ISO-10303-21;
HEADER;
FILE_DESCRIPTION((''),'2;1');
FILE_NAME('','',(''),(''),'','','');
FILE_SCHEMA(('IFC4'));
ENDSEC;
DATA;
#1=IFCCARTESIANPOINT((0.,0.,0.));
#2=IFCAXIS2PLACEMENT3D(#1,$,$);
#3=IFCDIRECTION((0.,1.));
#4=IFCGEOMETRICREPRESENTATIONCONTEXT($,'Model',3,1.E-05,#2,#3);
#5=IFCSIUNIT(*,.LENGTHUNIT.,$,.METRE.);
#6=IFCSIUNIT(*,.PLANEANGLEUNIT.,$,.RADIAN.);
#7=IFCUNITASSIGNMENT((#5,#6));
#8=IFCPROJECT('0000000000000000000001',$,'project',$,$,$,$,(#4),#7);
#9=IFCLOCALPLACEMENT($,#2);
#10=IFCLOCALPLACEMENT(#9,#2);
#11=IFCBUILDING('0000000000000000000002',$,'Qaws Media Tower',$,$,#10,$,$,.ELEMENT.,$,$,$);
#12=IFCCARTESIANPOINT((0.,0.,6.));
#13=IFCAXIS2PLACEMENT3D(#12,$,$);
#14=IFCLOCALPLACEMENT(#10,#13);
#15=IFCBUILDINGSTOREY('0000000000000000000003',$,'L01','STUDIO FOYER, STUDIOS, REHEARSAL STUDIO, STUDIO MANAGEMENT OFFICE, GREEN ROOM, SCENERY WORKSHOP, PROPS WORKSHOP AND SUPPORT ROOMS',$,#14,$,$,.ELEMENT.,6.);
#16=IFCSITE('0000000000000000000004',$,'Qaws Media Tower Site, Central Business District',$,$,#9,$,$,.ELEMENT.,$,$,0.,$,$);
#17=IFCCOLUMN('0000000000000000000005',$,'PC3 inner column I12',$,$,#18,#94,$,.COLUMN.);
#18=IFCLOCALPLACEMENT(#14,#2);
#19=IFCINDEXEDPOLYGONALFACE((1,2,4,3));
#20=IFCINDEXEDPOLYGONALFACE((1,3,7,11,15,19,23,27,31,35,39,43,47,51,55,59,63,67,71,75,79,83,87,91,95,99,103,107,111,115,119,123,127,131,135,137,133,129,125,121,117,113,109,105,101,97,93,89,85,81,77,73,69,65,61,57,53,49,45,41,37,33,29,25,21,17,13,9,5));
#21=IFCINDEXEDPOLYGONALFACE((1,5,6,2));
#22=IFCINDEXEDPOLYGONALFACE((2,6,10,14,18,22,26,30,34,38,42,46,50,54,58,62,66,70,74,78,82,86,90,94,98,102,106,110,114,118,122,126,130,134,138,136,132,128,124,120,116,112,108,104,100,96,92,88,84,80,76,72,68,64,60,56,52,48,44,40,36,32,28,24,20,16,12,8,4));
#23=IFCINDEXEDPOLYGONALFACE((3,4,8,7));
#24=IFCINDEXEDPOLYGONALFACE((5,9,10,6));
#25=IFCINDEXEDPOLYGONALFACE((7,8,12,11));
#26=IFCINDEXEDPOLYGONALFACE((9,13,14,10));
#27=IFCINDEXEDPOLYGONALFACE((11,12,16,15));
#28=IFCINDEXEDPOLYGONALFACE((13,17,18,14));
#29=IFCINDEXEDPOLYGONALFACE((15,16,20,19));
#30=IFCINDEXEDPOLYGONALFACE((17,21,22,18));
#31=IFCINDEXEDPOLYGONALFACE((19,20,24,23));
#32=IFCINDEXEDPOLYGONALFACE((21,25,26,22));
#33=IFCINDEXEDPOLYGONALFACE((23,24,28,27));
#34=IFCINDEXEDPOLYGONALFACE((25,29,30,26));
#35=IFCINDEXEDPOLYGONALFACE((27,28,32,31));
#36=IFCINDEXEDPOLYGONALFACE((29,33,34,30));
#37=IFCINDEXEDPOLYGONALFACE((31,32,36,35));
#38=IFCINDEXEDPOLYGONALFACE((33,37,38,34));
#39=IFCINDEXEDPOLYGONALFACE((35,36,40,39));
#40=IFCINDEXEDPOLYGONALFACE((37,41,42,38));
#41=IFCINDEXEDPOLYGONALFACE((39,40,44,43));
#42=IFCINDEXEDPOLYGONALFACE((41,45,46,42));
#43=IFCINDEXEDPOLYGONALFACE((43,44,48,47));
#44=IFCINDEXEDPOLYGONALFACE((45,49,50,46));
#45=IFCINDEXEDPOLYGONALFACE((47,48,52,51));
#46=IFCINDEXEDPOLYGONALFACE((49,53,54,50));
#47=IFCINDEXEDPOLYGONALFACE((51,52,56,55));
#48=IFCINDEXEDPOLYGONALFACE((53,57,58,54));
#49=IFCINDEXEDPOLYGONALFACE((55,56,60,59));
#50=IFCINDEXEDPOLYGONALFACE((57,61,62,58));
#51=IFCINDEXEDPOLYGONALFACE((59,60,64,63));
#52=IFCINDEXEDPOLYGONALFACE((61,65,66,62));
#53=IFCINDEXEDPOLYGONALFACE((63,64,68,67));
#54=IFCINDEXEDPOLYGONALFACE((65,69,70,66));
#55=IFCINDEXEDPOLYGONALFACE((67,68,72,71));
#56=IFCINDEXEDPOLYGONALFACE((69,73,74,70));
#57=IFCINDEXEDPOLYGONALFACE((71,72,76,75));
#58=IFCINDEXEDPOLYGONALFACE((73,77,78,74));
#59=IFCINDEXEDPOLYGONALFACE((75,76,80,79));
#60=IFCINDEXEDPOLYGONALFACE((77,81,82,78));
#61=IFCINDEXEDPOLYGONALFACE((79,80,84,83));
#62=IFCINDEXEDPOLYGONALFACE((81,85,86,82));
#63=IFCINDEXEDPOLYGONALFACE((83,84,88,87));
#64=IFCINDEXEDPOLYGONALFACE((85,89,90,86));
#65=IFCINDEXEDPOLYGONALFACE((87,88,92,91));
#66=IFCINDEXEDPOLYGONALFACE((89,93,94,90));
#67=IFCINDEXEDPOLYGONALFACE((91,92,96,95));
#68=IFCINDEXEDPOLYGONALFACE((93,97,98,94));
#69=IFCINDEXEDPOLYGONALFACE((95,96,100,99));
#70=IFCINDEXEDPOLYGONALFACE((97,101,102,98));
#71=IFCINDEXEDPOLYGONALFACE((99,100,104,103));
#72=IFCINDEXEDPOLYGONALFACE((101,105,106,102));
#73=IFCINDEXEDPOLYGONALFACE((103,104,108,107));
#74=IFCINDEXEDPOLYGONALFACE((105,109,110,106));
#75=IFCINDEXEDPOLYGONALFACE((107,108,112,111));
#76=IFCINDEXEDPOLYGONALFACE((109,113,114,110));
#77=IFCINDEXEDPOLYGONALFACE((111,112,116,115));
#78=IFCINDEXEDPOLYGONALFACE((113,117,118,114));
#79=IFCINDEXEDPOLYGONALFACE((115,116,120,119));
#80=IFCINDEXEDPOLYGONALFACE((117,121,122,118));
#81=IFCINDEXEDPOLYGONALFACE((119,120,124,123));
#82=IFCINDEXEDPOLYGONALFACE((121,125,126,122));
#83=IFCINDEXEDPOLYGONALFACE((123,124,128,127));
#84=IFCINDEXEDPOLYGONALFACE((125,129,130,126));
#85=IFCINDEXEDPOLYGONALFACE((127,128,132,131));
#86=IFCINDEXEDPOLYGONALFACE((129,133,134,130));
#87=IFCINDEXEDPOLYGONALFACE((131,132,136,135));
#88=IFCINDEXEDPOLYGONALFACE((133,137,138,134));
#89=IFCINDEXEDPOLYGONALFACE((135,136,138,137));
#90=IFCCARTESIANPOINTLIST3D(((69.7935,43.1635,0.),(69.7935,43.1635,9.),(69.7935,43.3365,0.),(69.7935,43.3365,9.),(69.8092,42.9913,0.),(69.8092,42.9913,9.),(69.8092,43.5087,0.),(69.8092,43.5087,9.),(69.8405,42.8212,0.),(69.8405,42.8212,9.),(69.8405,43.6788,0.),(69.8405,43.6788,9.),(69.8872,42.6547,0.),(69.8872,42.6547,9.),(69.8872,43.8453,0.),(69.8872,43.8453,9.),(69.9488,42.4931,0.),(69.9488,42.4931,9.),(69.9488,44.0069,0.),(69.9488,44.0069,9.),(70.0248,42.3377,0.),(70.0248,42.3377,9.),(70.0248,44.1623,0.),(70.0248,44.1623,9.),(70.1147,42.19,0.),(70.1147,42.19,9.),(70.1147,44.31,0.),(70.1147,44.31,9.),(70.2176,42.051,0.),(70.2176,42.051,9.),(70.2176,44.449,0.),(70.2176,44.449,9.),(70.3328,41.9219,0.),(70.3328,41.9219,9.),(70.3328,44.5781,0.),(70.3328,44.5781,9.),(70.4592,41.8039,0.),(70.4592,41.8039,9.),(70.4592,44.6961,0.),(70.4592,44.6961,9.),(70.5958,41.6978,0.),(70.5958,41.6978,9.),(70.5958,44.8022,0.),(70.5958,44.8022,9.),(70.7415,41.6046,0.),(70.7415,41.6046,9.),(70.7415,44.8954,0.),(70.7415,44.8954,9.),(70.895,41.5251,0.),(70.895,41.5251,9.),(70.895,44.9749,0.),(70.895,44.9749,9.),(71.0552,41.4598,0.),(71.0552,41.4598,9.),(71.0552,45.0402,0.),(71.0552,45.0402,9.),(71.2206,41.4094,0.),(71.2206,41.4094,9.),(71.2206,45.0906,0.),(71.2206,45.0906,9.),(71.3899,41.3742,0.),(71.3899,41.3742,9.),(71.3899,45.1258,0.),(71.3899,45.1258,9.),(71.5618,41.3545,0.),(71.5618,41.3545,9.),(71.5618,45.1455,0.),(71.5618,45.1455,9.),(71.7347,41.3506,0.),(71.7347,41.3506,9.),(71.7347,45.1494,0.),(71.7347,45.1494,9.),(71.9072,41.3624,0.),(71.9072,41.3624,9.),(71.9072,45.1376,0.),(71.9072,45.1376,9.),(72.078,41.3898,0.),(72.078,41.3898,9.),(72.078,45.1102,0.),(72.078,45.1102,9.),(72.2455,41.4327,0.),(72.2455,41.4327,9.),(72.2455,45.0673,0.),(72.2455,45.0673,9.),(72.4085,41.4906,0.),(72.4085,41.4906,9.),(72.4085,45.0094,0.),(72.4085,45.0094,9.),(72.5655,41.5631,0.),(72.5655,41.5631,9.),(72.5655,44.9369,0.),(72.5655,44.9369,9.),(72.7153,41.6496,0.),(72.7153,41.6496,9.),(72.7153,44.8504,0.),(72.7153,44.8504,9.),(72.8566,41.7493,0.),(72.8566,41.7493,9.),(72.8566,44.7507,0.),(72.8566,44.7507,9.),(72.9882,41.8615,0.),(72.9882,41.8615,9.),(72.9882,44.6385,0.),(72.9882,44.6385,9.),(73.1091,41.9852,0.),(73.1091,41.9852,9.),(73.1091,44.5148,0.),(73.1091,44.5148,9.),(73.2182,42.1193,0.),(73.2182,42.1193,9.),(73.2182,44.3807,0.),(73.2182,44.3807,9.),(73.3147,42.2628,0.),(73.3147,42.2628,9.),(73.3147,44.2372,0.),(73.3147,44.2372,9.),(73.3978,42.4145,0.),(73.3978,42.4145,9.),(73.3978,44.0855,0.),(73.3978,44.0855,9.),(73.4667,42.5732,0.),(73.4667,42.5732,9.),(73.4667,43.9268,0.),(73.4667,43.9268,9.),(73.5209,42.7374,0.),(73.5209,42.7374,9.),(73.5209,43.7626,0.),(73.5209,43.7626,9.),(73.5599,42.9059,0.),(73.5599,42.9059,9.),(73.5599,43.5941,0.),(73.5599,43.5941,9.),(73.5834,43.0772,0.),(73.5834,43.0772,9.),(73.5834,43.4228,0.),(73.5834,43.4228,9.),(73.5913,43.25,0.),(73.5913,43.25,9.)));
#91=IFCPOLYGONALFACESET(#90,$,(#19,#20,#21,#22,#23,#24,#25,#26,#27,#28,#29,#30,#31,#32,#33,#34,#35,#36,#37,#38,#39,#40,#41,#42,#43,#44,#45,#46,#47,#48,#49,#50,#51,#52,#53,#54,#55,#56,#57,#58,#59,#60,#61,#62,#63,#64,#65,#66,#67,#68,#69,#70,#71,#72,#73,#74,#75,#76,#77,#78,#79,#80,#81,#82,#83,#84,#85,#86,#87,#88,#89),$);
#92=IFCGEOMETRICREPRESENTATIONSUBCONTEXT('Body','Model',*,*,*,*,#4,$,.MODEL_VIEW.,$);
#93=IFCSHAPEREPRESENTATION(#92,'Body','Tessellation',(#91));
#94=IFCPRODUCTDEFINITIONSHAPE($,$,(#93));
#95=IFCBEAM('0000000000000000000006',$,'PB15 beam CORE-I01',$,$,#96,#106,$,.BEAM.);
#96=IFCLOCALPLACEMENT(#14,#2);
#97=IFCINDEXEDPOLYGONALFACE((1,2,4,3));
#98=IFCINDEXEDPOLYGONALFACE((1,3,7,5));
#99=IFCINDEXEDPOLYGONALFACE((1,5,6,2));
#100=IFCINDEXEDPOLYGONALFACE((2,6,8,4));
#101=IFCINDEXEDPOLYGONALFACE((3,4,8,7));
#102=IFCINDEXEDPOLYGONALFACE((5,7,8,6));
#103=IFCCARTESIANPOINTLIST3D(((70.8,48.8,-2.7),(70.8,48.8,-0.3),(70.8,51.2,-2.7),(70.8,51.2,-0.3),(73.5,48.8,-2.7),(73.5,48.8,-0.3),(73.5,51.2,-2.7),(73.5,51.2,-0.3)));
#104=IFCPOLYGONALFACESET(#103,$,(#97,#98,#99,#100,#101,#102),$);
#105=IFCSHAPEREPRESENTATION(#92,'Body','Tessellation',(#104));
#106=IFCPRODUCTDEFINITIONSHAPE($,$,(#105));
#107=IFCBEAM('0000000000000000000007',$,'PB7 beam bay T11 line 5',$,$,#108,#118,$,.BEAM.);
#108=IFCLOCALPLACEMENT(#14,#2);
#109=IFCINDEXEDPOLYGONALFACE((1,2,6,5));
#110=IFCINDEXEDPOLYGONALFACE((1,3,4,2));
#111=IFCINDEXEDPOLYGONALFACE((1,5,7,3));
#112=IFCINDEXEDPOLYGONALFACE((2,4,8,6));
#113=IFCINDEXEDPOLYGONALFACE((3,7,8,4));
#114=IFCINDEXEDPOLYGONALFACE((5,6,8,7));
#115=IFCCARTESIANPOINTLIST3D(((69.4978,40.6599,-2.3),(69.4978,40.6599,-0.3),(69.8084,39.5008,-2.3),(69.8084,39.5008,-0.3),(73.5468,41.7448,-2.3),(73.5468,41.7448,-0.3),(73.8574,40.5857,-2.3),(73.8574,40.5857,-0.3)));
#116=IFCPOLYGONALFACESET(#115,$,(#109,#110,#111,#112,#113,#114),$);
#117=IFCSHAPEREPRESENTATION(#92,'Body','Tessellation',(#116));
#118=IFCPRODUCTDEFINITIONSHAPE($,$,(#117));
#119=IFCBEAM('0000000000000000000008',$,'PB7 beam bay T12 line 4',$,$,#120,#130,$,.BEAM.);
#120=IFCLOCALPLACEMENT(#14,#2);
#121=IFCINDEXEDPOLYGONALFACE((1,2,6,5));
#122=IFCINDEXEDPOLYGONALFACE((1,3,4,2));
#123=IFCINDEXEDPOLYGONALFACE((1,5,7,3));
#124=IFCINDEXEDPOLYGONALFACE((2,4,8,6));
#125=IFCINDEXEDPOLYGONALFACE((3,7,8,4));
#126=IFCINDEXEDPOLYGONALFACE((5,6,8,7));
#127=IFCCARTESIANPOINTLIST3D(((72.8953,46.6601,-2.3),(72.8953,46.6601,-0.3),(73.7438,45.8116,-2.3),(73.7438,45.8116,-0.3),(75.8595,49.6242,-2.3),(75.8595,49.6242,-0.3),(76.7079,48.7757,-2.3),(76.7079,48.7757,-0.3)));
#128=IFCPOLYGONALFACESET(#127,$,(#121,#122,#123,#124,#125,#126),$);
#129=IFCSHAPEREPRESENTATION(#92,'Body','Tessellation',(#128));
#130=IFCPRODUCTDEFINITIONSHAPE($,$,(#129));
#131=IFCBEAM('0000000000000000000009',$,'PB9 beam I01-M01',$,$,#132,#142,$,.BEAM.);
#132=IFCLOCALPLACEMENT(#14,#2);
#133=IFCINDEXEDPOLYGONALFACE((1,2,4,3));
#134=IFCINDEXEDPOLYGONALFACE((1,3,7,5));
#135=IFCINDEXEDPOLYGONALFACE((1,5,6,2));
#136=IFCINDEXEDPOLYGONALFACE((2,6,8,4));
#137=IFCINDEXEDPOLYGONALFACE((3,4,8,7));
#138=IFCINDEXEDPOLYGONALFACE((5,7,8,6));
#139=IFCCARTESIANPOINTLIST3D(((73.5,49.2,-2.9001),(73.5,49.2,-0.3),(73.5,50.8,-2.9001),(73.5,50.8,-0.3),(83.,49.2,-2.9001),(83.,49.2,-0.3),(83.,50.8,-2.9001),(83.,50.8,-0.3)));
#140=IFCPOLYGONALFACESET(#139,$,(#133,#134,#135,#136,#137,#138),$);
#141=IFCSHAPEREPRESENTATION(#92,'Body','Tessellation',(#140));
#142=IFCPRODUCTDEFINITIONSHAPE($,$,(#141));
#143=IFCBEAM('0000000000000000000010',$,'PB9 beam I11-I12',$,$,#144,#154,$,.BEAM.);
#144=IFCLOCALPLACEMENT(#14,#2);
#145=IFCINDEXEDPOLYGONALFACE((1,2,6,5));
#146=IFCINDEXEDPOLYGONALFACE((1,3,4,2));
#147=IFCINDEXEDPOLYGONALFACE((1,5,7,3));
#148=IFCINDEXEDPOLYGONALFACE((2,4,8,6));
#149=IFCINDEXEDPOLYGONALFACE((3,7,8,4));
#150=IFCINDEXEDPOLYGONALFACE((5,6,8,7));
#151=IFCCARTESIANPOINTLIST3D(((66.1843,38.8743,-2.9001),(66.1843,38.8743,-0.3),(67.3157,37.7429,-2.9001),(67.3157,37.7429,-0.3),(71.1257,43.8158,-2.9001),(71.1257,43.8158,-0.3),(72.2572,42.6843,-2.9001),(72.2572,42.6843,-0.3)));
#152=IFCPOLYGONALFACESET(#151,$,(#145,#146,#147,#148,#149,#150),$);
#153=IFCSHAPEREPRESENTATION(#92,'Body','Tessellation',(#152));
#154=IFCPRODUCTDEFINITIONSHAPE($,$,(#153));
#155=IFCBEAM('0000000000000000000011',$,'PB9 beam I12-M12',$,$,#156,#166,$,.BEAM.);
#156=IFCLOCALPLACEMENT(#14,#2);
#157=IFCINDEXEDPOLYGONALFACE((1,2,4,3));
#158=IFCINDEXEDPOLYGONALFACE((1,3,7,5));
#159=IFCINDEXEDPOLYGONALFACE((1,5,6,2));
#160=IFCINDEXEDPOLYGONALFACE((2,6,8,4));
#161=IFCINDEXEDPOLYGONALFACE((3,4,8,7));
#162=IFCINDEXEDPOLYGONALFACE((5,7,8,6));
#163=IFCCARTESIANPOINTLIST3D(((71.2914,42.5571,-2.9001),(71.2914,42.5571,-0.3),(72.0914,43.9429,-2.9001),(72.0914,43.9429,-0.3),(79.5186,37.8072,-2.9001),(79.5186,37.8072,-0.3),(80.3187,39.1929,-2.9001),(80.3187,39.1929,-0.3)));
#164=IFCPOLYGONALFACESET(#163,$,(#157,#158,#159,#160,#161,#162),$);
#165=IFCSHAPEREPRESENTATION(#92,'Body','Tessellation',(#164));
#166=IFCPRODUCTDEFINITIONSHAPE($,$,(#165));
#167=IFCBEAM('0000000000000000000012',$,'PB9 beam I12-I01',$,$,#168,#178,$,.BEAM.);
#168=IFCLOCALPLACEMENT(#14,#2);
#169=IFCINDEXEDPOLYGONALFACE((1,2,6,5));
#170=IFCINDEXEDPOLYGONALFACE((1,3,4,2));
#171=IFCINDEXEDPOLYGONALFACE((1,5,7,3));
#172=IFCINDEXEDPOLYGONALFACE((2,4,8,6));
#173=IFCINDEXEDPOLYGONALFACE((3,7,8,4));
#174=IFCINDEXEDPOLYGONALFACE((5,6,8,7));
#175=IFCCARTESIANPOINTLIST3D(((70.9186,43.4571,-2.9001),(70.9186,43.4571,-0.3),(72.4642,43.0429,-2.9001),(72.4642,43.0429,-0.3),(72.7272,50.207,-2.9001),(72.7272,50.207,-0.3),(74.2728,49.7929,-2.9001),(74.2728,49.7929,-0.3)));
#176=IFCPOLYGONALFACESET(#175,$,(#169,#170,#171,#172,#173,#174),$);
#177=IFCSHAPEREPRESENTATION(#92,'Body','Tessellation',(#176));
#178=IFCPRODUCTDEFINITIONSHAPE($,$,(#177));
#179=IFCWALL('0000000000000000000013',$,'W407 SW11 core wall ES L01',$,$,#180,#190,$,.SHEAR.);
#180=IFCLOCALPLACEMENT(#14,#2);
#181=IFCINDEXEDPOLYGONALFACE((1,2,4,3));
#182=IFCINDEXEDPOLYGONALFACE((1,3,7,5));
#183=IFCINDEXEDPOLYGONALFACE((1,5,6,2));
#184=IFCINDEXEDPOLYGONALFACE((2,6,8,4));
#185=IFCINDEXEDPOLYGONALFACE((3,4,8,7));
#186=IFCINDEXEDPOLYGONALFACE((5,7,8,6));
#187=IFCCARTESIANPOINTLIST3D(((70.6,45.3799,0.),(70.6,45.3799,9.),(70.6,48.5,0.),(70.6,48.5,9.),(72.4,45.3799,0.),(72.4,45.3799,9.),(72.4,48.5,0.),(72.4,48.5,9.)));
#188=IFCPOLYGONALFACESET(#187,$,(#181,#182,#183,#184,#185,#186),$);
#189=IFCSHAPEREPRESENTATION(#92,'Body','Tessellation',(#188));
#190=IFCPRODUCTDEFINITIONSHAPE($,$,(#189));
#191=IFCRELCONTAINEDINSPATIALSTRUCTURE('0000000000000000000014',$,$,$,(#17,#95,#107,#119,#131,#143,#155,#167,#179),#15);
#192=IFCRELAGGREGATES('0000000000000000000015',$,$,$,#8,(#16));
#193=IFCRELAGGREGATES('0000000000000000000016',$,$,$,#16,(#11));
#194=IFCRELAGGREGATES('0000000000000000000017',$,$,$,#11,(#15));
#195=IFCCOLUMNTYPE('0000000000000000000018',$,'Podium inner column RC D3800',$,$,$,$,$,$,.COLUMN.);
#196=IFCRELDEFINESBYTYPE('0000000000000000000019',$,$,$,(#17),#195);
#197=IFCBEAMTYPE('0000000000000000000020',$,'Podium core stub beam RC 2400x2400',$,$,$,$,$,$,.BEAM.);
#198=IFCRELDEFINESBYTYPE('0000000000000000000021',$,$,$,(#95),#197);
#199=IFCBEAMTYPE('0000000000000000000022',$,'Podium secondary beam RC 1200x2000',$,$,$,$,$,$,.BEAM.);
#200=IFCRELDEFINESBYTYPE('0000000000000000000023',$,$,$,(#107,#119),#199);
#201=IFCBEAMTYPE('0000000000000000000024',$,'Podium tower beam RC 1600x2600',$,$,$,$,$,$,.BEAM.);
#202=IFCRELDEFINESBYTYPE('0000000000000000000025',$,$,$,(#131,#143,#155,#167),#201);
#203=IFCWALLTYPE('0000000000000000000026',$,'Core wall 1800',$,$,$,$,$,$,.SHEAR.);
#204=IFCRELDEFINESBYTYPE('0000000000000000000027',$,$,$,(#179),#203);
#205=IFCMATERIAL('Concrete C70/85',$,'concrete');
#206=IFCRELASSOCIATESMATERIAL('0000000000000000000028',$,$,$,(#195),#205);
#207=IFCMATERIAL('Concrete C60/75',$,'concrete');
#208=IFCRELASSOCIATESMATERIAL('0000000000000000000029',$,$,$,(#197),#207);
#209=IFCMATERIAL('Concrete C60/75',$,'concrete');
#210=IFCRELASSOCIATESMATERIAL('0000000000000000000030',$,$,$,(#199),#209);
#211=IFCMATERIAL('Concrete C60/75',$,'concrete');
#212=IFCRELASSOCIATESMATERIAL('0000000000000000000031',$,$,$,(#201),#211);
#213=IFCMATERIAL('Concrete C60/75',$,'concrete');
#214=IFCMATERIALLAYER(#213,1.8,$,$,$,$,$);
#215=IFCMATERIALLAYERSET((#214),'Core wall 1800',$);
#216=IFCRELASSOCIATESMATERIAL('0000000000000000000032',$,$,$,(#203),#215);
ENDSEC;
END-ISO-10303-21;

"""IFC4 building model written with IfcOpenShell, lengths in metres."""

from ifc_helpers import new_model, si_unit, direction, frame, frame_2d, origin, origin_2d, place, context, subcontext, project, spatial, rectangle, circle, extrude, material, layer, layer_set, material_profile, profile_set, type_object, element, save


model = new_model("IFC4")

# Units and contexts
model_context = context("Model", 3, precision=1e-05, world=origin(), true_north=direction((0.0, 1.0)))
body_context = subcontext(model_context, "Body", "Model", "MODEL_VIEW")
ifc_project = project(units=[si_unit("LENGTHUNIT", "METRE"), si_unit("PLANEANGLEUNIT", "RADIAN")], contexts=[model_context])

# Site, building, storey
site_placement = place(None, origin())
site = spatial("IfcSite", under=ifc_project, at=site_placement, Name="Qaws Media Tower Site, Central Business District", CompositionType="ELEMENT", RefElevation=0.0)
building_placement = place(site_placement, origin())
building = spatial("IfcBuilding", under=site, at=building_placement, Name="Qaws Media Tower", CompositionType="ELEMENT")
storey_placement = place(building_placement, frame((0.0, 0.0, 6.0)))
storey = spatial("IfcBuildingStorey", under=building, at=storey_placement, Name="L01", Description="STUDIO FOYER, STUDIOS, REHEARSAL STUDIO, STUDIO MANAGEMENT OFFICE, GREEN ROOM, SCENERY WORKSHOP, PROPS WORKSHOP AND SUPPORT ROOMS", CompositionType="ELEMENT", Elevation=6.0)

# Column
ifc_material_1 = material(Name="Concrete C70/85", Category="concrete")
ifc_material_profile_1 = material_profile(ifc_material_1, circle(Radius=1.8999, at=origin_2d()), Name="RC D3800")
ifc_profile_set_1 = profile_set([ifc_material_profile_1], Name="Concrete C70/85")
column_type = type_object("IfcColumnType", Name="Podium inner column RC D3800", PredefinedType="COLUMN", material=ifc_profile_set_1)
column_placement = place(storey_placement, frame((71.6914, 43.25, 0.0), z_axis=(0.0, 0.0, 1.0), x_axis=(1.0, 0.0, 0.0)))
element("IfcColumn", 1, at=column_placement, inside=storey, type_object=column_type, Name="PC3 inner column I12", PredefinedType="COLUMN", context=body_context, shape_type="SweptSolid", body=[
    extrude(circle(Radius=1.8999, at=origin_2d()), origin(), (0.0, 0.0, 1.0), 9.0),
])

# Beams
ifc_material_2 = material(Name="Concrete C60/75", Category="concrete")
ifc_material_profile_2 = material_profile(ifc_material_2, rectangle(XDim=2.3999, YDim=2.3999, at=origin_2d()), Name="RC 2400x2400")
ifc_profile_set_2 = profile_set([ifc_material_profile_2], Name="Concrete C60/75")
beam_type_1 = type_object("IfcBeamType", Name="Podium core stub beam RC 2400x2400", PredefinedType="BEAM", material=ifc_profile_set_2)
beam_1_placement = place(storey_placement, frame((70.8, 50.0, -1.5), z_axis=(1.0, 0.0, 0.0), x_axis=(0.0, 1.0, 0.0)))
element("IfcBeam", 2, at=beam_1_placement, inside=storey, type_object=beam_type_1, Name="PB15 beam CORE-I01", PredefinedType="BEAM", context=body_context, shape_type="SweptSolid", body=[
    extrude(rectangle(XDim=2.3999, YDim=2.3999, at=origin_2d()), origin(), (0.0, 0.0, 1.0), 2.7),
])
ifc_material_3 = material(Name="Concrete C60/75", Category="concrete")
ifc_material_profile_3 = material_profile(ifc_material_3, rectangle(XDim=1.2, YDim=2.0, at=origin_2d()), Name="RC 1200x2000")
ifc_profile_set_3 = profile_set([ifc_material_profile_3], Name="Concrete C60/75")
beam_type_2 = type_object("IfcBeamType", Name="Podium secondary beam RC 1200x2000", PredefinedType="BEAM", material=ifc_profile_set_3)
for number, where, z_axis, x_axis, name in (
    (3, (69.6531, 40.0803, -1.3), (0.965925, 0.258822, 0.0), (-0.258822, 0.965925, 0.0), "PB7 beam bay T11 line 5"),
    (4, (73.3196, 46.2358, -1.3), (0.707107, 0.707107, 0.0), (-0.707107, 0.707107, 0.0), "PB7 beam bay T12 line 4"),
):
    element("IfcBeam", number, at=place(storey_placement, frame(where, z_axis=z_axis, x_axis=x_axis)), inside=storey, type_object=beam_type_2, Name=name, PredefinedType="BEAM", context=body_context, shape_type="SweptSolid", body=[
        extrude(rectangle(XDim=1.2, YDim=2.0, at=origin_2d()), origin(), (0.0, 0.0, 1.0), 4.1919),
    ])
ifc_material_4 = material(Name="Concrete C60/75", Category="concrete")
ifc_material_profile_4 = material_profile(ifc_material_4, rectangle(XDim=1.6001, YDim=2.6001, at=origin_2d()), Name="RC 1600x2600")
ifc_profile_set_4 = profile_set([ifc_material_profile_4], Name="Concrete C60/75")
beam_type_3 = type_object("IfcBeamType", Name="Podium tower beam RC 1600x2600", PredefinedType="BEAM", material=ifc_profile_set_4)
beam_2_placement = place(storey_placement, frame((73.5, 50.0, -1.6001), z_axis=(1.0, 0.0, 0.0), x_axis=(0.0, 1.0, 0.0)))
element("IfcBeam", 5, at=beam_2_placement, inside=storey, type_object=beam_type_3, Name="PB9 beam I01-M01", PredefinedType="BEAM", context=body_context, shape_type="SweptSolid", body=[
    extrude(rectangle(XDim=1.6001, YDim=2.6001, at=origin_2d()), origin(), (0.0, 0.0, 1.0), 9.5),
])
beam_3_placement = place(storey_placement, frame((66.75, 38.3086, -1.6001), z_axis=(0.707107, 0.707107, 0.0), x_axis=(-0.707107, 0.707107, 0.0)))
element("IfcBeam", 6, at=beam_3_placement, inside=storey, type_object=beam_type_3, Name="PB9 beam I11-I12", PredefinedType="BEAM", context=body_context, shape_type="SweptSolid", body=[
    extrude(rectangle(XDim=1.6001, YDim=2.6001, at=origin_2d()), origin(), (0.0, 0.0, 1.0), 6.9883),
])
beam_4_placement = place(storey_placement, frame((71.6914, 43.25, -1.6001), z_axis=(0.866027, -0.499998, 0.0), x_axis=(0.499998, 0.866027, 0.0)))
element("IfcBeam", 7, at=beam_4_placement, inside=storey, type_object=beam_type_3, Name="PB9 beam I12-M12", PredefinedType="BEAM", context=body_context, shape_type="SweptSolid", body=[
    extrude(rectangle(XDim=1.6001, YDim=2.6001, at=origin_2d()), origin(), (0.0, 0.0, 1.0), 9.5),
])
beam_5_placement = place(storey_placement, frame((71.6914, 43.25, -1.6001), z_axis=(0.258811, 0.965928, 0.0), x_axis=(-0.965928, 0.258811, 0.0)))
element("IfcBeam", 8, at=beam_5_placement, inside=storey, type_object=beam_type_3, Name="PB9 beam I12-I01", PredefinedType="BEAM", context=body_context, shape_type="SweptSolid", body=[
    extrude(rectangle(XDim=1.6001, YDim=2.6001, at=origin_2d()), origin(), (0.0, 0.0, 1.0), 6.988),
])

# Wall
ifc_material_5 = material(Name="Concrete C60/75", Category="concrete")
ifc_layer = layer(ifc_material_5, 1.8)
ifc_layer_set = layer_set([ifc_layer], Name="Core wall 1800")
wall_type = type_object("IfcWallType", Name="Core wall 1800", PredefinedType="SHEAR", material=ifc_layer_set)
wall_1_placement = place(storey_placement, frame((71.5, 45.3799, 0.0), z_axis=(0.0, 0.0, 1.0), x_axis=(0.0, 1.0, 0.0)))
element("IfcWall", 9, at=wall_1_placement, inside=storey, type_object=wall_type, Name="W407 SW11 core wall ES L01", PredefinedType="SHEAR", context=body_context, shape_type="SweptSolid", body=[
    extrude(rectangle(XDim=3.1201, YDim=1.8, at=frame_2d((1.5601, 0.0))), origin(), (0.0, 0.0, 1.0), 9.0),
])

save(model, "model.ifc")
